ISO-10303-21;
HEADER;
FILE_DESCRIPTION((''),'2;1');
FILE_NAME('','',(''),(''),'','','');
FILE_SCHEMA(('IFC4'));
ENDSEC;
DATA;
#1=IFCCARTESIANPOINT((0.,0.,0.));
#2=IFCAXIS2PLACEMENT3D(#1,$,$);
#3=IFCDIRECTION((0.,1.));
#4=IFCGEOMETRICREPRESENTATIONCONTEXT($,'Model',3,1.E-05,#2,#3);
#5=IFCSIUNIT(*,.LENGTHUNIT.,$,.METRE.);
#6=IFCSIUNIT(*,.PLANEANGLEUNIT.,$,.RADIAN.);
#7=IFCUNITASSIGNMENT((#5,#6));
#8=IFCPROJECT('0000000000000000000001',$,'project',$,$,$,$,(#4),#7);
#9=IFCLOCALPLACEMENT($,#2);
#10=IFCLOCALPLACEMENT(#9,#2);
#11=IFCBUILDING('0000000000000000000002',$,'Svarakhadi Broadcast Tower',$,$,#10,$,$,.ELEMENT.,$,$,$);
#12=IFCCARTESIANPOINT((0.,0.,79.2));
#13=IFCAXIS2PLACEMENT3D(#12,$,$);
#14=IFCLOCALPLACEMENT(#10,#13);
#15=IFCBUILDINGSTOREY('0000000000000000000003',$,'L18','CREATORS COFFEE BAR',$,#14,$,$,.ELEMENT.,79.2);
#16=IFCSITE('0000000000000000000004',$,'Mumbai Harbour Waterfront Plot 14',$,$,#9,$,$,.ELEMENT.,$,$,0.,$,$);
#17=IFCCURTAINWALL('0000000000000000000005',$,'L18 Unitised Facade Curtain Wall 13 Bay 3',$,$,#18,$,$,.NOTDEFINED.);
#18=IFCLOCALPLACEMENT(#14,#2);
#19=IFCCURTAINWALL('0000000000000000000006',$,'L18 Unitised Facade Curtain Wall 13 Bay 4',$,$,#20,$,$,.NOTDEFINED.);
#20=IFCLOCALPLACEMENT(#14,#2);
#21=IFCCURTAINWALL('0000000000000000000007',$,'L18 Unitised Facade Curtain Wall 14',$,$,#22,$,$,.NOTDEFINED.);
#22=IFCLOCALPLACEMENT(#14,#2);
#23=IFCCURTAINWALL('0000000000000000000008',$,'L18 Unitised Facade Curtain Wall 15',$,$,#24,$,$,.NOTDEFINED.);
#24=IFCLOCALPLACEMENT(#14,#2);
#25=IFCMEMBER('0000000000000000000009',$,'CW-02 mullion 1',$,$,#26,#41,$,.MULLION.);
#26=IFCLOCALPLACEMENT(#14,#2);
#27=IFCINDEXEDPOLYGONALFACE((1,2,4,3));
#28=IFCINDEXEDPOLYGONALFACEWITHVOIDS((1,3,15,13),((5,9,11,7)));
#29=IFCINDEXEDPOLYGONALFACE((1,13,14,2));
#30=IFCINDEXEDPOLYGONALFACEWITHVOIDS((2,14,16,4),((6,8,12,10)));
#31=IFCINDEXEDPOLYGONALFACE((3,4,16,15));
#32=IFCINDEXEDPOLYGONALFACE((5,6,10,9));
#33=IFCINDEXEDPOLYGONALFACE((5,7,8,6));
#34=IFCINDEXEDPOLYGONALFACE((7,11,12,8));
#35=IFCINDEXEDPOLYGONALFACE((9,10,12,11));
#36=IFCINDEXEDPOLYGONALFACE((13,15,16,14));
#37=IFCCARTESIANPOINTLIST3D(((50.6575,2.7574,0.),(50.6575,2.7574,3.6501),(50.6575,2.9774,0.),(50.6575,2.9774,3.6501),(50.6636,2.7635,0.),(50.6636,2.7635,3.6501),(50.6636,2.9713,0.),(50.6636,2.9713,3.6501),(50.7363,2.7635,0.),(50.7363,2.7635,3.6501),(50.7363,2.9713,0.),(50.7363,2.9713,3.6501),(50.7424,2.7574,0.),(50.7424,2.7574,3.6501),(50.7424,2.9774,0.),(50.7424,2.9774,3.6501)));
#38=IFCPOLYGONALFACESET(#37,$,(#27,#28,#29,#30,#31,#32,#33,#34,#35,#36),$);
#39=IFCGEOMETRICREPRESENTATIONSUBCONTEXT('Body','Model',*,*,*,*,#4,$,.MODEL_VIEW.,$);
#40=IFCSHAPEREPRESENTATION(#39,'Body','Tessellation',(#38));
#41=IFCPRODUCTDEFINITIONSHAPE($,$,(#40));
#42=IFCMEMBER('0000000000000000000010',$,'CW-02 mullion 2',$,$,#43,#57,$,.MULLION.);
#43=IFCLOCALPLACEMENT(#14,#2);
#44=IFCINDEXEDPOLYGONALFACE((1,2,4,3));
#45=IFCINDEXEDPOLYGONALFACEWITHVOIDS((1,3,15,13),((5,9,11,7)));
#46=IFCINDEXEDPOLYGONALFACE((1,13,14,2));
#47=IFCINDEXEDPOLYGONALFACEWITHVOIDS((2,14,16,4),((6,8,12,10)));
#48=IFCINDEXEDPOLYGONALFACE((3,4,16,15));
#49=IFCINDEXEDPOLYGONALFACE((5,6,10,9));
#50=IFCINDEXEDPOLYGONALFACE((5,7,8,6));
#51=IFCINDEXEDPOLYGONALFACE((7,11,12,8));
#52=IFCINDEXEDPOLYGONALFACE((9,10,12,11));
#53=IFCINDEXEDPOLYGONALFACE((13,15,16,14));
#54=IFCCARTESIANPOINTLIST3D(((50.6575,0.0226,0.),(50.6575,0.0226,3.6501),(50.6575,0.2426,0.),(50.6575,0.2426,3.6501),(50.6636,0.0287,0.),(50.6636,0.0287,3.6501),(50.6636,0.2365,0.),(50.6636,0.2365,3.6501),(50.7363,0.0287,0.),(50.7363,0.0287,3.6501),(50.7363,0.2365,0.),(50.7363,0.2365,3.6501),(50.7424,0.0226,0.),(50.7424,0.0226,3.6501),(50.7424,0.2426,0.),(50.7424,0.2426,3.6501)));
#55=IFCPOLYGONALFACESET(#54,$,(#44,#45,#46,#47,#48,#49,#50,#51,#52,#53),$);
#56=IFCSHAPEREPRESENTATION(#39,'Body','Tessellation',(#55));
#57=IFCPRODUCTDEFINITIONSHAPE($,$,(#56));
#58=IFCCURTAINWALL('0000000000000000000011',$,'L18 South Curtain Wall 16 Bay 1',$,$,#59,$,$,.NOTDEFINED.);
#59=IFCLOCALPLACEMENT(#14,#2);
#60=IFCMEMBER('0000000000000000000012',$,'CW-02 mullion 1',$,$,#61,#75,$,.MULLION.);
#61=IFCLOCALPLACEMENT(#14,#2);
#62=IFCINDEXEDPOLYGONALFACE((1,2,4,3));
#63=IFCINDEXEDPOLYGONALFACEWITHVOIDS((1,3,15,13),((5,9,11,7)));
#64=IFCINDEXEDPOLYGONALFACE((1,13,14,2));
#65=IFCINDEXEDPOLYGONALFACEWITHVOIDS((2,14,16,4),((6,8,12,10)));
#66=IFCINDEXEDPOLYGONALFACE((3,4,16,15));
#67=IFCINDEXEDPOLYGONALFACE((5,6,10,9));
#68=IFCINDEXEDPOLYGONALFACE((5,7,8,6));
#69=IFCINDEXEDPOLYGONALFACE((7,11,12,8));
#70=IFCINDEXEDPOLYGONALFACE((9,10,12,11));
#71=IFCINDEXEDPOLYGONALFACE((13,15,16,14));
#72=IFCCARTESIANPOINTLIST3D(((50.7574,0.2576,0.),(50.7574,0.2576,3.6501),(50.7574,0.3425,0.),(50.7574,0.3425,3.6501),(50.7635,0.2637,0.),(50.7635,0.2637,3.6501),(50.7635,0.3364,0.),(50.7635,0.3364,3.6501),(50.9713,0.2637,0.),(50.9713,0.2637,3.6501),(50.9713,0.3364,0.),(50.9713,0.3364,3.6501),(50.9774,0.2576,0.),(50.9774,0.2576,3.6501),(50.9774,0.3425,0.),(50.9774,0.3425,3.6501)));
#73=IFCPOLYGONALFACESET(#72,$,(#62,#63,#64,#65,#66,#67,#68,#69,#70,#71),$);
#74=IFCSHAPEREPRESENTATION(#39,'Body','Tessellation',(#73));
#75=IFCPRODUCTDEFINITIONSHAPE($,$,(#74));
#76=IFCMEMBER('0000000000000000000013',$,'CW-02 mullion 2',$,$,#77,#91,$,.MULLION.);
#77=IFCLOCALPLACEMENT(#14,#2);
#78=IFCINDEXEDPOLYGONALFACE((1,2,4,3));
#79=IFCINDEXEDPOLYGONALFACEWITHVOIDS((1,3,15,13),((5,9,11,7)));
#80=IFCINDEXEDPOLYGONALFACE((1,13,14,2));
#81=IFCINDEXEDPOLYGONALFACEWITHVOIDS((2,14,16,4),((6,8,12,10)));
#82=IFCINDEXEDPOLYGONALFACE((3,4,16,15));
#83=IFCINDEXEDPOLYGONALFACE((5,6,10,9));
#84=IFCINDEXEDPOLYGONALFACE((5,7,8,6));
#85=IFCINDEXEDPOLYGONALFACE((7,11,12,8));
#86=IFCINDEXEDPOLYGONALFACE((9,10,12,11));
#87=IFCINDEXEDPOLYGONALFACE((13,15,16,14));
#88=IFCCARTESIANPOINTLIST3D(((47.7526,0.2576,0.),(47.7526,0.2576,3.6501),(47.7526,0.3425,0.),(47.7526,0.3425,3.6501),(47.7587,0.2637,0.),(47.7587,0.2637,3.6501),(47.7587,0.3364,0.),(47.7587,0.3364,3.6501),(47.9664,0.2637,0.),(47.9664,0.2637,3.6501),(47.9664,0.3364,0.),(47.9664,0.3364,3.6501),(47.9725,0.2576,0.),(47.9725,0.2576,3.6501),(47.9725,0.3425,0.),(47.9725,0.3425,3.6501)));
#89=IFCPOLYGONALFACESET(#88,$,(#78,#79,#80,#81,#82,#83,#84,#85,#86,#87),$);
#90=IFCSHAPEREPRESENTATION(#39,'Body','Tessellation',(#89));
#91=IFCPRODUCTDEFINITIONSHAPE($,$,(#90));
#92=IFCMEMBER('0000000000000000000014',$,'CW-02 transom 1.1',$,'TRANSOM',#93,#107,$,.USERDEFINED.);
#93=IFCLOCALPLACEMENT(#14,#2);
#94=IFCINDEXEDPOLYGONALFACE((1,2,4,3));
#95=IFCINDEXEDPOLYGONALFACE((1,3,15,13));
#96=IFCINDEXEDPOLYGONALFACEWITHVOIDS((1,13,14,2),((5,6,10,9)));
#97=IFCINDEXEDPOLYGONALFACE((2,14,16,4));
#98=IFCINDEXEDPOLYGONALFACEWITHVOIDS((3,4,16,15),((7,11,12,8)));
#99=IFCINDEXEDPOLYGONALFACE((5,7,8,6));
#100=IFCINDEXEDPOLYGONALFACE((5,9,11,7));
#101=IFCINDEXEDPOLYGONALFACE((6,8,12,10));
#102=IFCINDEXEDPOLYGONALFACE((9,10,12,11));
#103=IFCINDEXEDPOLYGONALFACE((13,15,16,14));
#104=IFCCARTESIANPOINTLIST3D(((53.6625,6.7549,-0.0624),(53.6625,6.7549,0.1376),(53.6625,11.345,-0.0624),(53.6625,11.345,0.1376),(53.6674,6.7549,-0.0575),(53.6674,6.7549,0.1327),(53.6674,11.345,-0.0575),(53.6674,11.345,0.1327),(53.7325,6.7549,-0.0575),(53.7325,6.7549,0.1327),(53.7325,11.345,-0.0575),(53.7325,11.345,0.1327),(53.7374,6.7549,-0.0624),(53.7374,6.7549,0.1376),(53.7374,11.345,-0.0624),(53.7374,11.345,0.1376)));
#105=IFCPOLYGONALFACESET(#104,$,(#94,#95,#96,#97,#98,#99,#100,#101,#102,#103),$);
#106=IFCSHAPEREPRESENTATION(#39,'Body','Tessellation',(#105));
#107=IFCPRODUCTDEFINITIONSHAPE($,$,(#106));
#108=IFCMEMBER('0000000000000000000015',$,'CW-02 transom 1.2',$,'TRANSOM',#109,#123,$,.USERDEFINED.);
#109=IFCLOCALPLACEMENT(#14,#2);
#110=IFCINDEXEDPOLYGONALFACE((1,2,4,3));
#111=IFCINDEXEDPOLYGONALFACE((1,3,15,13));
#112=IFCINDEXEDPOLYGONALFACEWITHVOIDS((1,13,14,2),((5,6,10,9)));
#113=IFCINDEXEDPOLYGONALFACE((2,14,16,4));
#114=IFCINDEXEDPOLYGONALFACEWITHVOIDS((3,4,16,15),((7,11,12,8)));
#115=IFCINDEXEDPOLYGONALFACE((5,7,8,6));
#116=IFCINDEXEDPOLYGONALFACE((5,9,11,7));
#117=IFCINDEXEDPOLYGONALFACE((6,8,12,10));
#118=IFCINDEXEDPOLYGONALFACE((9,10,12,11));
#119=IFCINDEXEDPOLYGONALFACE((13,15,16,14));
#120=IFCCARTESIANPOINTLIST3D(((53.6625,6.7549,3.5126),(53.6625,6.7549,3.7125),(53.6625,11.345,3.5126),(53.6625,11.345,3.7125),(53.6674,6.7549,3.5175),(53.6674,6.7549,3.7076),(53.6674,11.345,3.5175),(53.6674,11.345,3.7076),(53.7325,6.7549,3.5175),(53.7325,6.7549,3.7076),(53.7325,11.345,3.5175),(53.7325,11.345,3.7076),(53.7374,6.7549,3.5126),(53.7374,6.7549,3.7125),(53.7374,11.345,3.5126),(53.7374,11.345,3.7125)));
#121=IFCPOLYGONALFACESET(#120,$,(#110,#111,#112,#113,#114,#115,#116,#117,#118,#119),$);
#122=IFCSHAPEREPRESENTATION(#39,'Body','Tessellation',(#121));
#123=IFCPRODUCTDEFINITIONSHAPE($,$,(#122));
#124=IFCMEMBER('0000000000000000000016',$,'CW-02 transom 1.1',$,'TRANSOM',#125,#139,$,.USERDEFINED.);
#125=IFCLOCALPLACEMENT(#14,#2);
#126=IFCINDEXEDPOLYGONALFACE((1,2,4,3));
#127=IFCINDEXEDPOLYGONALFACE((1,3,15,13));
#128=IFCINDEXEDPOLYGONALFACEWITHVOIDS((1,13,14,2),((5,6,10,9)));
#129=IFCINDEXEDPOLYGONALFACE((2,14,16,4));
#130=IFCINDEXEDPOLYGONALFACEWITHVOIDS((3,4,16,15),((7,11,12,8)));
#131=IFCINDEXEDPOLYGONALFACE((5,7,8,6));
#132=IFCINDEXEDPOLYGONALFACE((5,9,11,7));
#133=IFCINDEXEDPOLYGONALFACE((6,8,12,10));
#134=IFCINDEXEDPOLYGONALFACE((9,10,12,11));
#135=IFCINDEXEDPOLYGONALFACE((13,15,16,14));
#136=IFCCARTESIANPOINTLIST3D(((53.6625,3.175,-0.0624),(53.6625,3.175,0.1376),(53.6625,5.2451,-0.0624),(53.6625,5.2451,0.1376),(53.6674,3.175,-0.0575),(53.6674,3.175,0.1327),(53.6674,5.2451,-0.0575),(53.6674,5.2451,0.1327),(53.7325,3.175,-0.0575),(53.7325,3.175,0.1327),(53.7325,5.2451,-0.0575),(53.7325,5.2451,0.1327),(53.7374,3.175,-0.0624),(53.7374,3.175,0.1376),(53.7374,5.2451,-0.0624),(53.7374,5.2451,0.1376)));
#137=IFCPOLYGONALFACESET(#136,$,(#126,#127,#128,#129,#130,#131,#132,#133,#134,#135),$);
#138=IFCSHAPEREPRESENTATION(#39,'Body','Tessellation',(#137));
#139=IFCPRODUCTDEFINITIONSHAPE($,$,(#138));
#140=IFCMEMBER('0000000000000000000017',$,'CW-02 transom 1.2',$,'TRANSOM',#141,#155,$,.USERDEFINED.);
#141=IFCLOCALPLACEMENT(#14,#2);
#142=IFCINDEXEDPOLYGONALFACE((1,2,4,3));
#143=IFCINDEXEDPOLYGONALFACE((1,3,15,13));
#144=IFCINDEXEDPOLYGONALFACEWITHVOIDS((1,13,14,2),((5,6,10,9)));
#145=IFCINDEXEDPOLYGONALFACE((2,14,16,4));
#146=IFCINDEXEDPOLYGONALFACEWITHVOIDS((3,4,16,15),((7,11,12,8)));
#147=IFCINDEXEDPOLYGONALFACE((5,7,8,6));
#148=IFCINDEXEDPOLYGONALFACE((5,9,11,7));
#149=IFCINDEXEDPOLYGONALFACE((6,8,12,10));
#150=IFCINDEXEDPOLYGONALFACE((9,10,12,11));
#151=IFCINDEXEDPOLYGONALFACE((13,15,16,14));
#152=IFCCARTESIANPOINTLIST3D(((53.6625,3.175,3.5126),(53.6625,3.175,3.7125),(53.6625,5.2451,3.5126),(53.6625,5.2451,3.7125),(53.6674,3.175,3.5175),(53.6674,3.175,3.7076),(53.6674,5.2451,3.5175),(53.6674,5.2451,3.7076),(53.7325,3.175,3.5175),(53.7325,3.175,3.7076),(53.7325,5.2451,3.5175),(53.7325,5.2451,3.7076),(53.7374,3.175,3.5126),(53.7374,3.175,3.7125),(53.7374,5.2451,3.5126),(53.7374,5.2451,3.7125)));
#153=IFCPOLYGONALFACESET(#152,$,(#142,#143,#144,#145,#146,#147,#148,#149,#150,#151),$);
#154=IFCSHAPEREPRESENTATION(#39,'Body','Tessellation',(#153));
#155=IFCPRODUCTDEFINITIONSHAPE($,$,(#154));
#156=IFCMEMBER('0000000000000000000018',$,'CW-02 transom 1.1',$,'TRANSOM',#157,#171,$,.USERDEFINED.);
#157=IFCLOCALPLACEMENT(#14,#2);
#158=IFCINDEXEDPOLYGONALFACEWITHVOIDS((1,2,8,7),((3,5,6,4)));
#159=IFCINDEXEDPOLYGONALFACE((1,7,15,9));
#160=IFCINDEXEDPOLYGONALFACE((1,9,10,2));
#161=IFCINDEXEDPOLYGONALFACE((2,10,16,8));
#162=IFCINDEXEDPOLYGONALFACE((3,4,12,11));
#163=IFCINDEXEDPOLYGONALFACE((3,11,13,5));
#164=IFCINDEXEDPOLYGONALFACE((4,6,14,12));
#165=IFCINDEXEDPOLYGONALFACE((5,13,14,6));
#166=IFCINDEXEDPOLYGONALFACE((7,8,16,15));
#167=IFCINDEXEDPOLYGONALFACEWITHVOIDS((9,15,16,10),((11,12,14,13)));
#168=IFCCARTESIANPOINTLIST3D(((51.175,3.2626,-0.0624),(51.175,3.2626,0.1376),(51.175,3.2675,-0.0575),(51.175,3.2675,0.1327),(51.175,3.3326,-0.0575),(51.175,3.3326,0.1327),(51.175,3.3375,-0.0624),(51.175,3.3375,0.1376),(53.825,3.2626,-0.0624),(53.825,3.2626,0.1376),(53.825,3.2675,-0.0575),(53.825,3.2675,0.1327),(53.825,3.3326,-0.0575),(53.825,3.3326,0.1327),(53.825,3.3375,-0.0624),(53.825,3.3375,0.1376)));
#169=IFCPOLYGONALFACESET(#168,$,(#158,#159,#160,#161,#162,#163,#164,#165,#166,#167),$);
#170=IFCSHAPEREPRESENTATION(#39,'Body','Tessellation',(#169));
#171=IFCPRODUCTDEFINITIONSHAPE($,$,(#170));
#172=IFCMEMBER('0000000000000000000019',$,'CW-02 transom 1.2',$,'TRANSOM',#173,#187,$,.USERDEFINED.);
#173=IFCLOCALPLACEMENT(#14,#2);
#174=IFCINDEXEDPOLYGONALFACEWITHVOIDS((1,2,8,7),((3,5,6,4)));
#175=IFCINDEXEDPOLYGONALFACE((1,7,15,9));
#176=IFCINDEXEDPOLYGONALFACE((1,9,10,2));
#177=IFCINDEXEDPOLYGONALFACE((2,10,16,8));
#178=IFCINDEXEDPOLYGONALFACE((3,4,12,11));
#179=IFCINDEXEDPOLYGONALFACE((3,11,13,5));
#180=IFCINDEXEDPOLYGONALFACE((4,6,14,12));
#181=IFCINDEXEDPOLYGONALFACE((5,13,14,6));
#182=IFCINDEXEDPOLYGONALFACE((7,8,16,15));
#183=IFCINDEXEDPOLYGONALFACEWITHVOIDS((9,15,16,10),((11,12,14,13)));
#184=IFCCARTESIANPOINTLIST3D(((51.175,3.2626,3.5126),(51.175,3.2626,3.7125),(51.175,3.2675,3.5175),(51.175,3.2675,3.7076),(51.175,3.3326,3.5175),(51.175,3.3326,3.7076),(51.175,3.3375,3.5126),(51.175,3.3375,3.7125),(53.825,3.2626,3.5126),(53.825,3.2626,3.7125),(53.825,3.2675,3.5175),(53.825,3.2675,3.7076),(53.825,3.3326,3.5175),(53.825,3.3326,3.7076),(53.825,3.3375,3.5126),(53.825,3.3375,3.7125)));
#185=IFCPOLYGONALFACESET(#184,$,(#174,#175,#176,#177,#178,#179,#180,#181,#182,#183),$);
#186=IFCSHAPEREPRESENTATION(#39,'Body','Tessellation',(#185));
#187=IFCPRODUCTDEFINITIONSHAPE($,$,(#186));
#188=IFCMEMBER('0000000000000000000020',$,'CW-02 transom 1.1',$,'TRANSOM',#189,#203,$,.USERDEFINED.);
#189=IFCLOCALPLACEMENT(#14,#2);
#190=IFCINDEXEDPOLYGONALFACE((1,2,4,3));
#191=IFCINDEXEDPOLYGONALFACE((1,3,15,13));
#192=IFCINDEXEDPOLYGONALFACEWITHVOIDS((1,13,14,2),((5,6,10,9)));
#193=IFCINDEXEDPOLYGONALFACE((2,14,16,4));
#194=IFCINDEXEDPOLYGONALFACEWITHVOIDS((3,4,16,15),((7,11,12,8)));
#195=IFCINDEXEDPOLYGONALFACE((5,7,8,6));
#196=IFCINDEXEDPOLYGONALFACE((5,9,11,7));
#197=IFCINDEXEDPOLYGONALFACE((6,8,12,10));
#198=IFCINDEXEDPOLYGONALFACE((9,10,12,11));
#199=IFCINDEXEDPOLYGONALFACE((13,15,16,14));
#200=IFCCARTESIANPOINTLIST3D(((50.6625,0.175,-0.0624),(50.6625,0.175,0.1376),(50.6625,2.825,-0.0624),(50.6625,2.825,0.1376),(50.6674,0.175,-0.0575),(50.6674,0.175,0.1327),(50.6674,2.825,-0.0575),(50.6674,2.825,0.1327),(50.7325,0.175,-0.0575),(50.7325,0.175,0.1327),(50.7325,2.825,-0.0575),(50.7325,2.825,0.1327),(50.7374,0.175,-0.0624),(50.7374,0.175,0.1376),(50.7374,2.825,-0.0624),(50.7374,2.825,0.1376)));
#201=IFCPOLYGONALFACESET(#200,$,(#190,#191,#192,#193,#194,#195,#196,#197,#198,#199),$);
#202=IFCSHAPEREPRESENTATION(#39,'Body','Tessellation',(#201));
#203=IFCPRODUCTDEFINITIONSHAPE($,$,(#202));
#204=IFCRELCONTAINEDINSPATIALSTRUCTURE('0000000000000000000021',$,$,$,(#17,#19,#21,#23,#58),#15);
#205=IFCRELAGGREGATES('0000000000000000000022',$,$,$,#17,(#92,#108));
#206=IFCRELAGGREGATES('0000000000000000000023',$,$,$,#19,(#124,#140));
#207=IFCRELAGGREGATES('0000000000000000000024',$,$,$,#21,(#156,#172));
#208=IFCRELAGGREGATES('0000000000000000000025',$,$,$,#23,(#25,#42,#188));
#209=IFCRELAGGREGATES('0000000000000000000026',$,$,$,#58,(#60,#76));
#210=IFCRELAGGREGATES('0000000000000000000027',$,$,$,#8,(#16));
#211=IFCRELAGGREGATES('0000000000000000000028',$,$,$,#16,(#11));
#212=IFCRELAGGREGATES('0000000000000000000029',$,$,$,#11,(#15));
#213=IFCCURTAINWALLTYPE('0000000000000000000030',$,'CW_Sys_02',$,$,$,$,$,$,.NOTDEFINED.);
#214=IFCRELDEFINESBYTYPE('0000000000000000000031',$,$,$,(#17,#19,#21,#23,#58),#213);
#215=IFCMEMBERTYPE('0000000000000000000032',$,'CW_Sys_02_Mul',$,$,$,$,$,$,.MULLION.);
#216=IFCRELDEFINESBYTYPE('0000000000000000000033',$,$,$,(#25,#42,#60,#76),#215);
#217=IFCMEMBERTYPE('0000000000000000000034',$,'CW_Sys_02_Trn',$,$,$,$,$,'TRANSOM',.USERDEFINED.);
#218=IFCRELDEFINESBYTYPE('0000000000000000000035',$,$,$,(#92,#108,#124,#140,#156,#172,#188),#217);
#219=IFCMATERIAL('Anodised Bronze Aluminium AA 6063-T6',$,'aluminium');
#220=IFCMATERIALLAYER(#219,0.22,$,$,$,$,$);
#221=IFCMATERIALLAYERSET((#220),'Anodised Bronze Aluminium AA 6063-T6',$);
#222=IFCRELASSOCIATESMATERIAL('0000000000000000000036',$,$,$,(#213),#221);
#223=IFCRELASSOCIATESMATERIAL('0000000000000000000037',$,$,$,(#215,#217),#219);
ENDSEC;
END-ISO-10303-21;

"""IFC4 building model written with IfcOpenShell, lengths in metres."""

from ifc_helpers import new_model, si_unit, direction, frame, origin, origin_2d, place, context, subcontext, project, spatial, hollow_rectangle, extrude, material, layer, layer_set, material_profile, profile_set, type_object, element, aggregate, save


model = new_model("IFC4")

# Units and contexts
model_context = context("Model", 3, precision=1e-05, world=origin(), true_north=direction((0.0, 1.0)))
body_context = subcontext(model_context, "Body", "Model", "MODEL_VIEW")
ifc_project = project(units=[si_unit("LENGTHUNIT", "METRE"), si_unit("PLANEANGLEUNIT", "RADIAN")], contexts=[model_context])

# Site, building, storey
site_placement = place(None, origin())
site = spatial("IfcSite", under=ifc_project, at=site_placement, Name="Mumbai Harbour Waterfront Plot 14", CompositionType="ELEMENT", RefElevation=0.0)
building_placement = place(site_placement, origin())
building = spatial("IfcBuilding", under=site, at=building_placement, Name="Svarakhadi Broadcast Tower", CompositionType="ELEMENT")
storey_placement = place(building_placement, frame((0.0, 0.0, 79.2)))
storey = spatial("IfcBuildingStorey", under=building, at=storey_placement, Name="L18", Description="CREATORS COFFEE BAR", CompositionType="ELEMENT", Elevation=79.2)

# Curtain walls, members
ifc_material_1 = material(Name="Anodised Bronze Aluminium AA 6063-T6", Category="aluminium")
ifc_layer_1 = layer(ifc_material_1, 0.22)
ifc_layer_set_1 = layer_set([ifc_layer_1], Name="Anodised Bronze Aluminium AA 6063-T6")
curtain_wall_type = type_object("IfcCurtainWallType", Name="CW_Sys_02", PredefinedType="NOTDEFINED", material=ifc_layer_set_1)
curtain_wall_1_placement = place(storey_placement, origin())
curtain_wall_1 = element("IfcCurtainWall", 1, at=curtain_wall_1_placement, inside=storey, type_object=curtain_wall_type, Name="L18 Unitised Facade Curtain Wall 13 Bay 3", PredefinedType="NOTDEFINED")
ifc_material_profile_1 = material_profile(ifc_material_1, hollow_rectangle(XDim=0.085, YDim=0.22, WallThickness=0.0061, at=origin_2d()), Name="ALU MULLION 220x85x6")
ifc_profile_set_1 = profile_set([ifc_material_profile_1], Name="Anodised Bronze Aluminium AA 6063-T6")
member_type_1 = type_object("IfcMemberType", Name="CW_Sys_02_Mul", PredefinedType="MULLION", material=ifc_profile_set_1)
curtain_wall_2_placement = place(storey_placement, origin())
curtain_wall_2 = element("IfcCurtainWall", 2, at=curtain_wall_2_placement, inside=storey, type_object=curtain_wall_type, Name="L18 Unitised Facade Curtain Wall 13 Bay 4", PredefinedType="NOTDEFINED")
curtain_wall_3_placement = place(storey_placement, origin())
curtain_wall_3 = element("IfcCurtainWall", 3, at=curtain_wall_3_placement, inside=storey, type_object=curtain_wall_type, Name="L18 Unitised Facade Curtain Wall 14", PredefinedType="NOTDEFINED")
curtain_wall_4_placement = place(storey_placement, origin())
curtain_wall_4 = element("IfcCurtainWall", 4, at=curtain_wall_4_placement, inside=storey, type_object=curtain_wall_type, Name="L18 Unitised Facade Curtain Wall 15", PredefinedType="NOTDEFINED")
member_1_placement = place(storey_placement, frame((50.7, 2.8674, 0.0), z_axis=(0.0, 0.0, 1.0), x_axis=(1.0, 0.0, 0.0)))
member_1 = element("IfcMember", 5, at=member_1_placement, type_object=member_type_1, Name="CW-02 mullion 1", PredefinedType="MULLION", context=body_context, shape_type="SweptSolid", body=[
    extrude(hollow_rectangle(XDim=0.085, YDim=0.22, WallThickness=0.0061, at=origin_2d()), origin(), (0.0, 0.0, 1.0), 3.6501),
])
member_2_placement = place(storey_placement, frame((50.7, 0.1326, 0.0), z_axis=(0.0, 0.0, 1.0), x_axis=(1.0, 0.0, 0.0)))
member_2 = element("IfcMember", 6, at=member_2_placement, type_object=member_type_1, Name="CW-02 mullion 2", PredefinedType="MULLION", context=body_context, shape_type="SweptSolid", body=[
    extrude(hollow_rectangle(XDim=0.085, YDim=0.22, WallThickness=0.0061, at=origin_2d()), origin(), (0.0, 0.0, 1.0), 3.6501),
])
curtain_wall_5_placement = place(storey_placement, origin())
curtain_wall_5 = element("IfcCurtainWall", 7, at=curtain_wall_5_placement, inside=storey, type_object=curtain_wall_type, Name="L18 South Curtain Wall 16 Bay 1", PredefinedType="NOTDEFINED")
member_3_placement = place(storey_placement, frame((50.8674, 0.3, 0.0), z_axis=(0.0, 0.0, 1.0), x_axis=(0.0, -1.0, 0.0)))
member_3 = element("IfcMember", 8, at=member_3_placement, type_object=member_type_1, Name="CW-02 mullion 1", PredefinedType="MULLION", context=body_context, shape_type="SweptSolid", body=[
    extrude(hollow_rectangle(XDim=0.085, YDim=0.22, WallThickness=0.0061, at=origin_2d()), origin(), (0.0, 0.0, 1.0), 3.6501),
])
member_4_placement = place(storey_placement, frame((47.8625, 0.3, 0.0), z_axis=(0.0, 0.0, 1.0), x_axis=(0.0, -1.0, 0.0)))
member_4 = element("IfcMember", 9, at=member_4_placement, type_object=member_type_1, Name="CW-02 mullion 2", PredefinedType="MULLION", context=body_context, shape_type="SweptSolid", body=[
    extrude(hollow_rectangle(XDim=0.085, YDim=0.22, WallThickness=0.0061, at=origin_2d()), origin(), (0.0, 0.0, 1.0), 3.6501),
])

# Members
ifc_material_profile_2 = material_profile(ifc_material_1, hollow_rectangle(XDim=0.075, YDim=0.2, WallThickness=0.0049, at=origin_2d()), Name="ALU TRANSOM 200x75x5")
ifc_profile_set_2 = profile_set([ifc_material_profile_2], Name="Anodised Bronze Aluminium AA 6063-T6")
member_type_2 = type_object("IfcMemberType", Name="CW_Sys_02_Trn", ElementType="TRANSOM", PredefinedType="USERDEFINED", material=ifc_profile_set_2)
member_5_placement = place(storey_placement, frame((53.7, 11.345, 0.0376), z_axis=(0.0, -1.0, 0.0), x_axis=(1.0, 0.0, 0.0)))
member_5 = element("IfcMember", 10, at=member_5_placement, type_object=member_type_2, Name="CW-02 transom 1.1", ObjectType="TRANSOM", PredefinedType="USERDEFINED", context=body_context, shape_type="SweptSolid", body=[
    extrude(hollow_rectangle(XDim=0.075, YDim=0.2, WallThickness=0.0049, at=origin_2d()), origin(), (0.0, 0.0, 1.0), 4.5901),
])
member_6_placement = place(storey_placement, frame((53.7, 11.345, 3.6125), z_axis=(0.0, -1.0, 0.0), x_axis=(1.0, 0.0, 0.0)))
member_6 = element("IfcMember", 11, at=member_6_placement, type_object=member_type_2, Name="CW-02 transom 1.2", ObjectType="TRANSOM", PredefinedType="USERDEFINED", context=body_context, shape_type="SweptSolid", body=[
    extrude(hollow_rectangle(XDim=0.075, YDim=0.2, WallThickness=0.0049, at=origin_2d()), origin(), (0.0, 0.0, 1.0), 4.5901),
])
member_7_placement = place(storey_placement, frame((53.7, 5.2451, 0.0376), z_axis=(0.0, -1.0, 0.0), x_axis=(1.0, 0.0, 0.0)))
member_7 = element("IfcMember", 12, at=member_7_placement, type_object=member_type_2, Name="CW-02 transom 1.1", ObjectType="TRANSOM", PredefinedType="USERDEFINED", context=body_context, shape_type="SweptSolid", body=[
    extrude(hollow_rectangle(XDim=0.075, YDim=0.2, WallThickness=0.0049, at=origin_2d()), origin(), (0.0, 0.0, 1.0), 2.0701),
])
member_8_placement = place(storey_placement, frame((53.7, 5.2451, 3.6125), z_axis=(0.0, -1.0, 0.0), x_axis=(1.0, 0.0, 0.0)))
member_8 = element("IfcMember", 13, at=member_8_placement, type_object=member_type_2, Name="CW-02 transom 1.2", ObjectType="TRANSOM", PredefinedType="USERDEFINED", context=body_context, shape_type="SweptSolid", body=[
    extrude(hollow_rectangle(XDim=0.075, YDim=0.2, WallThickness=0.0049, at=origin_2d()), origin(), (0.0, 0.0, 1.0), 2.0701),
])
member_9_placement = place(storey_placement, frame((53.825, 3.3, 0.0376), z_axis=(-1.0, 0.0, 0.0), x_axis=(0.0, -1.0, 0.0)))
member_9 = element("IfcMember", 14, at=member_9_placement, type_object=member_type_2, Name="CW-02 transom 1.1", ObjectType="TRANSOM", PredefinedType="USERDEFINED", context=body_context, shape_type="SweptSolid", body=[
    extrude(hollow_rectangle(XDim=0.075, YDim=0.2, WallThickness=0.0049, at=origin_2d()), origin(), (0.0, 0.0, 1.0), 2.6499),
])
member_10_placement = place(storey_placement, frame((53.825, 3.3, 3.6125), z_axis=(-1.0, 0.0, 0.0), x_axis=(0.0, -1.0, 0.0)))
member_10 = element("IfcMember", 15, at=member_10_placement, type_object=member_type_2, Name="CW-02 transom 1.2", ObjectType="TRANSOM", PredefinedType="USERDEFINED", context=body_context, shape_type="SweptSolid", body=[
    extrude(hollow_rectangle(XDim=0.075, YDim=0.2, WallThickness=0.0049, at=origin_2d()), origin(), (0.0, 0.0, 1.0), 2.6499),
])
member_11_placement = place(storey_placement, frame((50.7, 2.825, 0.0376), z_axis=(0.0, -1.0, 0.0), x_axis=(1.0, 0.0, 0.0)))
member_11 = element("IfcMember", 16, at=member_11_placement, type_object=member_type_2, Name="CW-02 transom 1.1", ObjectType="TRANSOM", PredefinedType="USERDEFINED", context=body_context, shape_type="SweptSolid", body=[
    extrude(hollow_rectangle(XDim=0.075, YDim=0.2, WallThickness=0.0049, at=origin_2d()), origin(), (0.0, 0.0, 1.0), 2.6499),
])

aggregate(curtain_wall_1, [member_5, member_6])
aggregate(curtain_wall_2, [member_7, member_8])
aggregate(curtain_wall_3, [member_9, member_10])
aggregate(curtain_wall_4, [member_1, member_2, member_11])
aggregate(curtain_wall_5, [member_3, member_4])

save(model, "model.ifc")
